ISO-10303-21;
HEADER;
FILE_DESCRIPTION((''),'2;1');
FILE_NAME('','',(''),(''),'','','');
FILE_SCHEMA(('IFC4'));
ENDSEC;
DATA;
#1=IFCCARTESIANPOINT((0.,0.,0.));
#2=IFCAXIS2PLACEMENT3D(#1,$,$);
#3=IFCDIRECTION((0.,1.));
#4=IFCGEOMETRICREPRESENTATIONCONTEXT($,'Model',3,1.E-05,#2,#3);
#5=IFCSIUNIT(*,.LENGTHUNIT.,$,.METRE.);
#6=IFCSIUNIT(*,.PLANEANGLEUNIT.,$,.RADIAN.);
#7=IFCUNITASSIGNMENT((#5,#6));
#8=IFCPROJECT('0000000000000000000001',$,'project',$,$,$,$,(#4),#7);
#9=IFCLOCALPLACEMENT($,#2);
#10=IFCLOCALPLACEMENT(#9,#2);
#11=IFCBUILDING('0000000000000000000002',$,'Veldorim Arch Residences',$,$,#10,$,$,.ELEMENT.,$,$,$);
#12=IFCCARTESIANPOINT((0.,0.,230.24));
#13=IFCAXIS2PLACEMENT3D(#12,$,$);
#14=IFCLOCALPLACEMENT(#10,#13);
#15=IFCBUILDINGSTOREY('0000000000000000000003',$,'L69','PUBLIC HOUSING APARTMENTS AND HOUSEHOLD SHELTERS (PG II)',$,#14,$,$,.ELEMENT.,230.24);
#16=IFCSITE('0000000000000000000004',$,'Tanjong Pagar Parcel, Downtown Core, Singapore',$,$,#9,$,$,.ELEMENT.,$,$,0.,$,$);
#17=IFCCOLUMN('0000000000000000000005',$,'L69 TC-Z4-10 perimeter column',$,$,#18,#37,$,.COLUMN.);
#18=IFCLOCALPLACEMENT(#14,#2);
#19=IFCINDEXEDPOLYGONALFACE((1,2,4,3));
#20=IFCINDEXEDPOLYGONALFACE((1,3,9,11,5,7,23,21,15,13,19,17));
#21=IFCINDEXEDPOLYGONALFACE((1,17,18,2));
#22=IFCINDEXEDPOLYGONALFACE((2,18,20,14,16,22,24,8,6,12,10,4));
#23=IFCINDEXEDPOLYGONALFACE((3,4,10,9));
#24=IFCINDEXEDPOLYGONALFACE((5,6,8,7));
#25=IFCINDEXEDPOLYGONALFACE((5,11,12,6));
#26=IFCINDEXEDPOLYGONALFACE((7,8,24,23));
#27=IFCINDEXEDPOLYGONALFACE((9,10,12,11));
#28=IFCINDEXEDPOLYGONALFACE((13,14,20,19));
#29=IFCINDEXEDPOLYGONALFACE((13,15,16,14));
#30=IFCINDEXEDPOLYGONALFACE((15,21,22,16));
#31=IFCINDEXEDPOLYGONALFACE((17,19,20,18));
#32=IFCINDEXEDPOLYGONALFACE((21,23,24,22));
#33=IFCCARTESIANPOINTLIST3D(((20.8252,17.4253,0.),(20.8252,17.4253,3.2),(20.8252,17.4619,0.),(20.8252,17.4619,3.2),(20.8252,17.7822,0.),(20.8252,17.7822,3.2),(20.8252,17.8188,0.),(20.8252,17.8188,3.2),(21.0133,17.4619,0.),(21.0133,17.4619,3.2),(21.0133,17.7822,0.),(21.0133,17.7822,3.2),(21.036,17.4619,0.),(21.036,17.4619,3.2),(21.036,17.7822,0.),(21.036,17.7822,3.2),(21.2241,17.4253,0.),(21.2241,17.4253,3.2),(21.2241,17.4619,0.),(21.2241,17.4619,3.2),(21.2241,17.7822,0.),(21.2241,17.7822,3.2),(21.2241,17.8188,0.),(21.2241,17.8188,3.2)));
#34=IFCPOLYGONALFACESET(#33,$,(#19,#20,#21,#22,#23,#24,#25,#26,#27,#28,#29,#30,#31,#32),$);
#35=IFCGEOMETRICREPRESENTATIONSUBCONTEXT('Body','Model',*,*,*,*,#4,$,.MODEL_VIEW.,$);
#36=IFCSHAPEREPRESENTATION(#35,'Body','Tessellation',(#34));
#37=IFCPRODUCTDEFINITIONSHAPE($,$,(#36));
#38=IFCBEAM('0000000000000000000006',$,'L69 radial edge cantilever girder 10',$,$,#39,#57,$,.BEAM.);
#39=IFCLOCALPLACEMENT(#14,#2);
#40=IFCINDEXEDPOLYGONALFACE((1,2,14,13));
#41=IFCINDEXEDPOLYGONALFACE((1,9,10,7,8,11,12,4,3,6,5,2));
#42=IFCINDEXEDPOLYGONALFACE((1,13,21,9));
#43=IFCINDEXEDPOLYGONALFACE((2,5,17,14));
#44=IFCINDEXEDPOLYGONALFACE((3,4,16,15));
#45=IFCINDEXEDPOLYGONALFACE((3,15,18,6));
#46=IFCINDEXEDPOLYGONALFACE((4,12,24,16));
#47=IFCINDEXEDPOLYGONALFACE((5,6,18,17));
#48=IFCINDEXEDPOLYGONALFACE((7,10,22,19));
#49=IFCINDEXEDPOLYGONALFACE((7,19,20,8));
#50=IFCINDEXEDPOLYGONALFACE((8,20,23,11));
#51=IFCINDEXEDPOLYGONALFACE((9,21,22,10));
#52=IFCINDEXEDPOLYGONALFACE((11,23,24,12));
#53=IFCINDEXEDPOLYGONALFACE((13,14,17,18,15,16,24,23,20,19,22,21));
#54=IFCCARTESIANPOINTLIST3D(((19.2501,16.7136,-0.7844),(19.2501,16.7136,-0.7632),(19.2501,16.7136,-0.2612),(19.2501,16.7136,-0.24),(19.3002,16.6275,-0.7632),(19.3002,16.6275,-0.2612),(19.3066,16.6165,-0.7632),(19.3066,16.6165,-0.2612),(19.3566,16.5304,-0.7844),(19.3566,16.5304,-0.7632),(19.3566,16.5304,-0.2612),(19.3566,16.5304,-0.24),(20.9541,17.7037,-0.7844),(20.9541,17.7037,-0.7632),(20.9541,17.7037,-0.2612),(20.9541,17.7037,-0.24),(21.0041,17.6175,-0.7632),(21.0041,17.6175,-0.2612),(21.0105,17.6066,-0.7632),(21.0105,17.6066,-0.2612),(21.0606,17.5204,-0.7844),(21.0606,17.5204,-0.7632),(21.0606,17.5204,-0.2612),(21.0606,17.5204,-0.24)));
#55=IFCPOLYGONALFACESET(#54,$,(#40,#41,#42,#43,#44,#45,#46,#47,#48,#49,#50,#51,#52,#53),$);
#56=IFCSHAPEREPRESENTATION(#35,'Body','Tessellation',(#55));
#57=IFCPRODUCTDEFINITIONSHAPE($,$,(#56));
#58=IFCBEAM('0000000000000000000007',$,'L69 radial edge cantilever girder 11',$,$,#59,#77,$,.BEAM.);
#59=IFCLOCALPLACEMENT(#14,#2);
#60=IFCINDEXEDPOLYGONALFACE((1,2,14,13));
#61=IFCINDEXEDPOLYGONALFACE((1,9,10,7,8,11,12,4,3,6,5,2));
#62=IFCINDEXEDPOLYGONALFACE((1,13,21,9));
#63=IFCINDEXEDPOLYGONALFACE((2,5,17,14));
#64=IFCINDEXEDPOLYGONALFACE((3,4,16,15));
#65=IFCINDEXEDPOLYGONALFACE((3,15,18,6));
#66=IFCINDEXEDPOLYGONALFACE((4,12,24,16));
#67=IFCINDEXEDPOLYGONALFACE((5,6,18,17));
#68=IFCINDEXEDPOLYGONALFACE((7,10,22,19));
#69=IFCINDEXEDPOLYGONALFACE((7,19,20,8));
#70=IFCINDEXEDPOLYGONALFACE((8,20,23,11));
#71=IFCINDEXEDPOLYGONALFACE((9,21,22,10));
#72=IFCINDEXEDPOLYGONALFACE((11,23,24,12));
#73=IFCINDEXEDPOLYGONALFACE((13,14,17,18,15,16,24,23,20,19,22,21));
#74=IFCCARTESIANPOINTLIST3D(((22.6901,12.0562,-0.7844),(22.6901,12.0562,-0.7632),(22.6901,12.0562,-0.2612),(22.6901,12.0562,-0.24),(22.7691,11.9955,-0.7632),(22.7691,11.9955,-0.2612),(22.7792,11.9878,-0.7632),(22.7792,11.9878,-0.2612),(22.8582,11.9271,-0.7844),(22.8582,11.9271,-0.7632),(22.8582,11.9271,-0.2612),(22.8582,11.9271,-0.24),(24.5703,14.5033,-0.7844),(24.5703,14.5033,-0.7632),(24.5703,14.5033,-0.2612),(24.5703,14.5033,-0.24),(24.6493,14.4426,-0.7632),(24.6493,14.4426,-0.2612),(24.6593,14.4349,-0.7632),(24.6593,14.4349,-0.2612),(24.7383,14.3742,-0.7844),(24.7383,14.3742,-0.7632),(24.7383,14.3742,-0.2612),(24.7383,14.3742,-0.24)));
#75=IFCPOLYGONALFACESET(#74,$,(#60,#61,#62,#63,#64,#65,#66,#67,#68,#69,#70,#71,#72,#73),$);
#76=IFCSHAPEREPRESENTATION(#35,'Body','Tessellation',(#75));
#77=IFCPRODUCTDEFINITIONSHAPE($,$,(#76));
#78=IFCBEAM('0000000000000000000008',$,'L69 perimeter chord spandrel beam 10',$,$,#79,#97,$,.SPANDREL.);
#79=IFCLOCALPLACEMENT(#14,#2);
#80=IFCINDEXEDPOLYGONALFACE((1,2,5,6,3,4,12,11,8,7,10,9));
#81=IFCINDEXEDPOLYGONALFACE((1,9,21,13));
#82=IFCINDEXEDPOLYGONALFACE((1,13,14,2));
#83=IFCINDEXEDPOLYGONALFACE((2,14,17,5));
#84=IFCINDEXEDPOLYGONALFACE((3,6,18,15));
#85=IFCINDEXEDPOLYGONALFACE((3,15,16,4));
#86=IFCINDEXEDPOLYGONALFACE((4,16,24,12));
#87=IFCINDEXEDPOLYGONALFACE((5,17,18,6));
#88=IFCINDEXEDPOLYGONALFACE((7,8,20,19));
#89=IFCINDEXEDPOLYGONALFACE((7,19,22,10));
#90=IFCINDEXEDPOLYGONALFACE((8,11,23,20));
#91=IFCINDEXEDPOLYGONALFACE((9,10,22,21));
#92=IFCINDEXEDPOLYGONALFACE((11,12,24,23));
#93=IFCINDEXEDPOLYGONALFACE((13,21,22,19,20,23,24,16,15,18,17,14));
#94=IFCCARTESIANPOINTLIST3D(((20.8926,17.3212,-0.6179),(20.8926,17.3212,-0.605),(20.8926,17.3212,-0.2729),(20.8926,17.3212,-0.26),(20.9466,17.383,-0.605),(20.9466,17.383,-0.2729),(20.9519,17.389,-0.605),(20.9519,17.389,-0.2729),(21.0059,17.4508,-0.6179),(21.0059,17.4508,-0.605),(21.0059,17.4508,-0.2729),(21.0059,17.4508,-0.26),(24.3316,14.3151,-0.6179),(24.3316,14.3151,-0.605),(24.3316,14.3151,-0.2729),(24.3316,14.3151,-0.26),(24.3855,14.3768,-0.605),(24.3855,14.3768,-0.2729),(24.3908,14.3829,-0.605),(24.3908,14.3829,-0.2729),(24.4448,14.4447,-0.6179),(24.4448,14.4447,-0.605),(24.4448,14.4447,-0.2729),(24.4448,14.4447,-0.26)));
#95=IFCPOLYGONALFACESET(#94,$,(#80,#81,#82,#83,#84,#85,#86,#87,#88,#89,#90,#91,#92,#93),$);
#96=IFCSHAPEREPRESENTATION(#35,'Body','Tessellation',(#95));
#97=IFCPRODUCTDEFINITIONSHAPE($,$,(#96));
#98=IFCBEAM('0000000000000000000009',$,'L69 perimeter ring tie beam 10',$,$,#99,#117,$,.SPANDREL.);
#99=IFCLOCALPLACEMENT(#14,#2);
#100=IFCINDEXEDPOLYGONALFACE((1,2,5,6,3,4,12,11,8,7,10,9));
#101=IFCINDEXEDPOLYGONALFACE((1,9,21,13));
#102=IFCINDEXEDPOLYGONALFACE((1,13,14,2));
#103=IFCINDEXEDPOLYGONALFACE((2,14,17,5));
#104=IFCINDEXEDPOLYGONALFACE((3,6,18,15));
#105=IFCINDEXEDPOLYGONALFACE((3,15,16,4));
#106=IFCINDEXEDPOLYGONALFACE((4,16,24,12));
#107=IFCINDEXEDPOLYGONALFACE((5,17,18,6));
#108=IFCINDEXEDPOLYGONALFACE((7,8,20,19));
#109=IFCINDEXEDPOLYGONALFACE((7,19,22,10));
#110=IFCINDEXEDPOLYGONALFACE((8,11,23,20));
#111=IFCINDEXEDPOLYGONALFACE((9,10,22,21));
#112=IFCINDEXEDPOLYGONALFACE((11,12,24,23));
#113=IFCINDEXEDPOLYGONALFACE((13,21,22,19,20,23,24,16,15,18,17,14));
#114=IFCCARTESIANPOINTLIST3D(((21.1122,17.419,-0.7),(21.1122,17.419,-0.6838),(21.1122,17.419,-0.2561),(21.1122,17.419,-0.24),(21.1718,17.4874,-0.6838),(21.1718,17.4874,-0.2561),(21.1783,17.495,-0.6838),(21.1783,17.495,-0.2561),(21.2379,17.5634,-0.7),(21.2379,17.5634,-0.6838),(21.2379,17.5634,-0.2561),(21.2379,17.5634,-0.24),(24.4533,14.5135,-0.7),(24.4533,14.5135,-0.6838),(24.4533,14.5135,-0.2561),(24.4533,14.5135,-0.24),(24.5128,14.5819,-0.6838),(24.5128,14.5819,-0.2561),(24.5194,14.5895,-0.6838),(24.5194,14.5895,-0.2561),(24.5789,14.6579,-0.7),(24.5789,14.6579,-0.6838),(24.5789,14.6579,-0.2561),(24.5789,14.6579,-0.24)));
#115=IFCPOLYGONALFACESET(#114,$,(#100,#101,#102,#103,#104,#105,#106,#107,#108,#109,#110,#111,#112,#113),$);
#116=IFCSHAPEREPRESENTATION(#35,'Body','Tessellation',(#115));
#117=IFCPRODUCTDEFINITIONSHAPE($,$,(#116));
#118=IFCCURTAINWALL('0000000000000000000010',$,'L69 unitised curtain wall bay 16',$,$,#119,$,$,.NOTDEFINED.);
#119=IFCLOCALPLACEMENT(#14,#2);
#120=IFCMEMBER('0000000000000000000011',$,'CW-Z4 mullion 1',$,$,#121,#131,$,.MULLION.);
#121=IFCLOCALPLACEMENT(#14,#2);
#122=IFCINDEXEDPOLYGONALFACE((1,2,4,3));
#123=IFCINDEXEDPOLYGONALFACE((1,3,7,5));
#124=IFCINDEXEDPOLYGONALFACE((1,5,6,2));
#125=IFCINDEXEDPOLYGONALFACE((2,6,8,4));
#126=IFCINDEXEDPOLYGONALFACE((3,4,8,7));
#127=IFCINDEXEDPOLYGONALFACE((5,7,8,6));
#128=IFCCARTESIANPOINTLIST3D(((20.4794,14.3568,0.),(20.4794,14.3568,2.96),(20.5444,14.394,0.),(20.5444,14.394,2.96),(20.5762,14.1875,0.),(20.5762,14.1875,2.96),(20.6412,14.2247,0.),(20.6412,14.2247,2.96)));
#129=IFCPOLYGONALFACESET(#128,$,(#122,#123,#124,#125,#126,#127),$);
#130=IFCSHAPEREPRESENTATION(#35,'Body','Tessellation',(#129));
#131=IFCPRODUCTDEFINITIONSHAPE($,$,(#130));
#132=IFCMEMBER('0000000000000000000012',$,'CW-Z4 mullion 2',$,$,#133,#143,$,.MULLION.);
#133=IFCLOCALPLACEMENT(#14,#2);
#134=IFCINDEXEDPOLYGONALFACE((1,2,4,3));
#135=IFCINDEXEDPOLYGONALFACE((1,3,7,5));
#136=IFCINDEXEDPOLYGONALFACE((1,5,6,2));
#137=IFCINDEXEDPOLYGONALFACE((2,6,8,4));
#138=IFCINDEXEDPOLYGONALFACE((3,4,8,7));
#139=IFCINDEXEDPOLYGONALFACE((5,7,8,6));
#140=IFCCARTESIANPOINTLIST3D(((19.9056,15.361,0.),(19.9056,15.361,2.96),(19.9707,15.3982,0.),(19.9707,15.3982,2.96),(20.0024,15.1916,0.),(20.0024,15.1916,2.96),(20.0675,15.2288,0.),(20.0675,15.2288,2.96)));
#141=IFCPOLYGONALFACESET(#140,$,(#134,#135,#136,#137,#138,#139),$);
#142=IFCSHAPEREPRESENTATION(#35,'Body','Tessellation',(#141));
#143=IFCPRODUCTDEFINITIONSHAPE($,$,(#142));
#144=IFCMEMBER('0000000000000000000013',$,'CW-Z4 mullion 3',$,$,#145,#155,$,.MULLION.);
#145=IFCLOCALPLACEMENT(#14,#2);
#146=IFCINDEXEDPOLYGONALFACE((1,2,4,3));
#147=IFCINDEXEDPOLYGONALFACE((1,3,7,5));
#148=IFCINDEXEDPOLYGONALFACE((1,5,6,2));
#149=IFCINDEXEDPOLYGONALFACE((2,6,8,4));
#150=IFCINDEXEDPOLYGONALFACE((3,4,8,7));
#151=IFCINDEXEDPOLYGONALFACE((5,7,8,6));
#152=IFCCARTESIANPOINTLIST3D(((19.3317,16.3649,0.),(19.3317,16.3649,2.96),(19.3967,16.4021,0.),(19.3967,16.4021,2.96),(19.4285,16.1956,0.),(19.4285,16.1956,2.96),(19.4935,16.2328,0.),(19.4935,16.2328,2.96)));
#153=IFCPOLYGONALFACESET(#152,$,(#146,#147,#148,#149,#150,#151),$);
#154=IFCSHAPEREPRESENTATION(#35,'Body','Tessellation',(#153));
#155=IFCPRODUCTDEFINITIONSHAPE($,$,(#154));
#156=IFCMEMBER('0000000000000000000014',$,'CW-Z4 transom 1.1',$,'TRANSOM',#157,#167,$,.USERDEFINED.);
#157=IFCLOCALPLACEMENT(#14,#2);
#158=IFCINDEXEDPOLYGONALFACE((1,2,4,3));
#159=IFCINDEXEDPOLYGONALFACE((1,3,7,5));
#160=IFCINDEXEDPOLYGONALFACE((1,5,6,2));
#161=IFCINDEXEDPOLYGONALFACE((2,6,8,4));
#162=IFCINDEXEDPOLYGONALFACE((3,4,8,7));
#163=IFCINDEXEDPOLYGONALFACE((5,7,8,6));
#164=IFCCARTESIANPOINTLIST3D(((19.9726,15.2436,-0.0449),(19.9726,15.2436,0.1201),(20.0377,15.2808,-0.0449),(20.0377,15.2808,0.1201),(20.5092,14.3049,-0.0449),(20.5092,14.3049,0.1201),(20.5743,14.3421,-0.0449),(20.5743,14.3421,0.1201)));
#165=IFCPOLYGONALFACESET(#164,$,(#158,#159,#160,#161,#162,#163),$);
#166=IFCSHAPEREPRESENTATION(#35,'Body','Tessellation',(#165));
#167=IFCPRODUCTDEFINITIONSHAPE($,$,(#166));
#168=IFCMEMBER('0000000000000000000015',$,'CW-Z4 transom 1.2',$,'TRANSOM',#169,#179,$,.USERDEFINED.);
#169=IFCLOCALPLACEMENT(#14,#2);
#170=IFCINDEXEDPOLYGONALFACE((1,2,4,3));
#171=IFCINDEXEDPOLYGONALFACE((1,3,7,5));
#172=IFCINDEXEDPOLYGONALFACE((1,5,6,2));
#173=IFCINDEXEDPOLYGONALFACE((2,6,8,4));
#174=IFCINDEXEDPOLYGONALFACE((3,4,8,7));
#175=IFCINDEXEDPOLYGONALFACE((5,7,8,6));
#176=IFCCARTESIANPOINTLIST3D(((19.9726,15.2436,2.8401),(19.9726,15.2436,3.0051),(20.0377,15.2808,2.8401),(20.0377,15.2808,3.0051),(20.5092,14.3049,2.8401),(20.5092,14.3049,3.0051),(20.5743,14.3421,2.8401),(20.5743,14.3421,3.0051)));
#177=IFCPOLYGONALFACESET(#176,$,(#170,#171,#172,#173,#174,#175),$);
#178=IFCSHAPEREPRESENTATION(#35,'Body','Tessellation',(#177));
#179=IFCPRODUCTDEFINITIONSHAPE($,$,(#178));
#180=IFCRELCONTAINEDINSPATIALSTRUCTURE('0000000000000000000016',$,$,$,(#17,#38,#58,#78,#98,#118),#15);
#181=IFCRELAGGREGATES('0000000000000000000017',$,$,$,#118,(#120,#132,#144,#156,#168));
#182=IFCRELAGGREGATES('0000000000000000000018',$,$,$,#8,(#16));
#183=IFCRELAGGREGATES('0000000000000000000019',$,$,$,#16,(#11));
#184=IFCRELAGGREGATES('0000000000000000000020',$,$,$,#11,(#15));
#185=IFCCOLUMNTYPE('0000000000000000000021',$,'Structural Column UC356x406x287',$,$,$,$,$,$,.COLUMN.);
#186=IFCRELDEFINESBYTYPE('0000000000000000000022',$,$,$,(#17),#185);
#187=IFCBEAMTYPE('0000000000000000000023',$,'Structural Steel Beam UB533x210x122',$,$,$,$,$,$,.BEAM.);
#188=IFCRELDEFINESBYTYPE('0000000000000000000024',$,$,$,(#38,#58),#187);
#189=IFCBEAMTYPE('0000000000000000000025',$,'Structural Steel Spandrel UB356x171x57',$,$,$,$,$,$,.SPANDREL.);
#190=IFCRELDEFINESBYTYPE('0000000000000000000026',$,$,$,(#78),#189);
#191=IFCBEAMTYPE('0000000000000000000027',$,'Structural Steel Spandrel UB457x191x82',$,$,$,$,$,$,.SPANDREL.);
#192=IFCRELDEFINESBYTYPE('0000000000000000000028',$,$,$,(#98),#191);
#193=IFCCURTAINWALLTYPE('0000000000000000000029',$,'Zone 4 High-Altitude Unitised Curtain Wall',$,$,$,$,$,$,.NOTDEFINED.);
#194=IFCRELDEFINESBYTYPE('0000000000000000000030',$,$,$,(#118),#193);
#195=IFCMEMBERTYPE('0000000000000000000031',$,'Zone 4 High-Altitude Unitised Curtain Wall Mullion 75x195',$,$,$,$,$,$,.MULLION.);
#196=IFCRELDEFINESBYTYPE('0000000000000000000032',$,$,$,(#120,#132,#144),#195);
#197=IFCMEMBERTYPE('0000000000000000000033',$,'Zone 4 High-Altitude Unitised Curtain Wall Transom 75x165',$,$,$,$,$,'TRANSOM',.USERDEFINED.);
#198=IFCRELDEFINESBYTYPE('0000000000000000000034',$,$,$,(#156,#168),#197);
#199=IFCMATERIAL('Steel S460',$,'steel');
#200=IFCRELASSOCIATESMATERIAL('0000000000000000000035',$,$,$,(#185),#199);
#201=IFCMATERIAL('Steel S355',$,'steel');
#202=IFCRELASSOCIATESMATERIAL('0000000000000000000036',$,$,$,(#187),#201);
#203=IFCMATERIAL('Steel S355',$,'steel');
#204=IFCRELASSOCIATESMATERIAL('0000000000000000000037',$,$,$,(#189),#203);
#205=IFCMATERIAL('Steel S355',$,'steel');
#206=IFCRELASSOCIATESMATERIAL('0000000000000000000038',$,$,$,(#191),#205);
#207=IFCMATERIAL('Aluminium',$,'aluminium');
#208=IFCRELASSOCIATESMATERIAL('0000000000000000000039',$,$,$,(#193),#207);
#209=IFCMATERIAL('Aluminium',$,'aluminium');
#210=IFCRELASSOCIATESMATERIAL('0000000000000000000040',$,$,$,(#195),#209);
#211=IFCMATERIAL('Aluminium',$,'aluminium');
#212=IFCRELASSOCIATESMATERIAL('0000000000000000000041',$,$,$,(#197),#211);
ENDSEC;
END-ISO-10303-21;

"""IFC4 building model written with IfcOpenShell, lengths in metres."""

from ifc_helpers import new_model, si_unit, direction, frame, origin, origin_2d, place, context, subcontext, project, spatial, rectangle, i_section, extrude, material, material_profile, profile_set, type_object, element, aggregate, save


model = new_model("IFC4")

# Units and contexts
model_context = context("Model", 3, precision=1e-05, world=origin(), true_north=direction((0.0, 1.0)))
body_context = subcontext(model_context, "Body", "Model", "MODEL_VIEW")
ifc_project = project(units=[si_unit("LENGTHUNIT", "METRE"), si_unit("PLANEANGLEUNIT", "RADIAN")], contexts=[model_context])

# Site, building, storey
site_placement = place(None, origin())
site = spatial("IfcSite", under=ifc_project, at=site_placement, Name="Tanjong Pagar Parcel, Downtown Core, Singapore", CompositionType="ELEMENT", RefElevation=0.0)
building_placement = place(site_placement, origin())
building = spatial("IfcBuilding", under=site, at=building_placement, Name="Veldorim Arch Residences", CompositionType="ELEMENT")
storey_placement = place(building_placement, frame((0.0, 0.0, 230.24)))
storey = spatial("IfcBuildingStorey", under=building, at=storey_placement, Name="L69", Description="PUBLIC HOUSING APARTMENTS AND HOUSEHOLD SHELTERS (PG II)", CompositionType="ELEMENT", Elevation=230.24)

# Column
ifc_material_1 = material(Name="Steel S460", Category="steel")
ifc_material_profile_1 = material_profile(ifc_material_1, i_section(OverallWidth=0.3989, OverallDepth=0.3936, WebThickness=0.0227, FlangeThickness=0.0366, at=origin_2d()), Name="UC356x406x287")
ifc_profile_set_1 = profile_set([ifc_material_profile_1], Name="Steel S460")
column_type = type_object("IfcColumnType", Name="Structural Column UC356x406x287", PredefinedType="COLUMN", material=ifc_profile_set_1)
column_placement = place(storey_placement, frame((21.0247, 17.6221, 0.0), z_axis=(0.0, 0.0, 1.0), x_axis=(1.0, 0.0, 0.0)))
element("IfcColumn", 1, at=column_placement, inside=storey, type_object=column_type, Name="L69 TC-Z4-10 perimeter column", PredefinedType="COLUMN", context=body_context, shape_type="SweptSolid", body=[
    extrude(i_section(OverallWidth=0.3989, OverallDepth=0.3936, WebThickness=0.0227, FlangeThickness=0.0366, at=origin_2d()), origin(), (0.0, 0.0, 1.0), 3.2),
])

# Beams
ifc_material_2 = material(Name="Steel S355", Category="steel")
ifc_material_profile_2 = material_profile(ifc_material_2, i_section(OverallWidth=0.2119, OverallDepth=0.5444, WebThickness=0.0127, FlangeThickness=0.0212, at=origin_2d()), Name="UB533x210x122")
ifc_profile_set_2 = profile_set([ifc_material_profile_2], Name="Steel S355")
beam_type_1 = type_object("IfcBeamType", Name="Structural Steel Beam UB533x210x122", PredefinedType="BEAM", material=ifc_profile_set_2)
beam_1_placement = place(storey_placement, frame((21.0073, 17.6121, -0.5122), z_axis=(-0.864645, -0.502384, 0.0), x_axis=(0.502384, -0.864645, 0.0)))
element("IfcBeam", 2, at=beam_1_placement, inside=storey, type_object=beam_type_1, Name="L69 radial edge cantilever girder 10", PredefinedType="BEAM", context=body_context, shape_type="SweptSolid", body=[
    extrude(i_section(OverallWidth=0.2119, OverallDepth=0.5444, WebThickness=0.0127, FlangeThickness=0.0212, at=origin_2d()), origin(), (0.0, 0.0, 1.0), 1.9707),
])
beam_2_placement = place(storey_placement, frame((24.6543, 14.4387, -0.5122), z_axis=(-0.609263, -0.792968, 0.0), x_axis=(0.792968, -0.609263, 0.0)))
element("IfcBeam", 3, at=beam_2_placement, inside=storey, type_object=beam_type_1, Name="L69 radial edge cantilever girder 11", PredefinedType="BEAM", context=body_context, shape_type="SweptSolid", body=[
    extrude(i_section(OverallWidth=0.2119, OverallDepth=0.5444, WebThickness=0.0127, FlangeThickness=0.0212, at=origin_2d()), origin(), (0.0, 0.0, 1.0), 3.0859),
])
ifc_material_3 = material(Name="Steel S355", Category="steel")
ifc_material_profile_3 = material_profile(ifc_material_3, i_section(OverallWidth=0.1721, OverallDepth=0.3579, WebThickness=0.0081, FlangeThickness=0.0129, at=origin_2d()), Name="UB356x171x57")
ifc_profile_set_3 = profile_set([ifc_material_profile_3], Name="Steel S355")
beam_type_2 = type_object("IfcBeamType", Name="Structural Steel Spandrel UB356x171x57", PredefinedType="SPANDREL", material=ifc_profile_set_3)
beam_3_placement = place(storey_placement, frame((20.9492, 17.386, -0.439), z_axis=(0.752901, -0.658134, 0.0), x_axis=(0.658134, 0.752901, 0.0)))
element("IfcBeam", 4, at=beam_3_placement, inside=storey, type_object=beam_type_2, Name="L69 perimeter chord spandrel beam 10", PredefinedType="SPANDREL", context=body_context, shape_type="SweptSolid", body=[
    extrude(i_section(OverallWidth=0.1721, OverallDepth=0.3579, WebThickness=0.0081, FlangeThickness=0.0129, at=origin_2d()), origin(), (0.0, 0.0, 1.0), 4.5676),
])
ifc_material_4 = material(Name="Steel S355", Category="steel")
ifc_material_profile_4 = material_profile(ifc_material_4, i_section(OverallWidth=0.1914, OverallDepth=0.46, WebThickness=0.01, FlangeThickness=0.0161, at=origin_2d()), Name="UB457x191x82")
ifc_profile_set_4 = profile_set([ifc_material_profile_4], Name="Steel S355")
beam_type_3 = type_object("IfcBeamType", Name="Structural Steel Spandrel UB457x191x82", PredefinedType="SPANDREL", material=ifc_profile_set_4)
beam_4_placement = place(storey_placement, frame((21.175, 17.4912, -0.47), z_axis=(0.754578, -0.65621, 0.0), x_axis=(0.65621, 0.754578, 0.0)))
element("IfcBeam", 5, at=beam_4_placement, inside=storey, type_object=beam_type_3, Name="L69 perimeter ring tie beam 10", PredefinedType="SPANDREL", context=body_context, shape_type="SweptSolid", body=[
    extrude(i_section(OverallWidth=0.1914, OverallDepth=0.46, WebThickness=0.01, FlangeThickness=0.0161, at=origin_2d()), origin(), (0.0, 0.0, 1.0), 4.4277),
])

# Curtain wall, members
ifc_material_5 = material(Name="Aluminium", Category="aluminium")
curtain_wall_type = type_object("IfcCurtainWallType", Name="Zone 4 High-Altitude Unitised Curtain Wall", PredefinedType="NOTDEFINED", material=ifc_material_5)
curtain_wall_placement = place(storey_placement, origin())
curtain_wall = element("IfcCurtainWall", 6, at=curtain_wall_placement, inside=storey, type_object=curtain_wall_type, Name="L69 unitised curtain wall bay 16", PredefinedType="NOTDEFINED")
ifc_material_6 = material(Name="Aluminium", Category="aluminium")
ifc_material_profile_5 = material_profile(ifc_material_6, rectangle(XDim=0.075, YDim=0.1951, at=origin_2d()), Name="ALU_MUL_75x195")
ifc_profile_set_5 = profile_set([ifc_material_profile_5], Name="Aluminium")
member_type_1 = type_object("IfcMemberType", Name="Zone 4 High-Altitude Unitised Curtain Wall Mullion 75x195", PredefinedType="MULLION", material=ifc_profile_set_5)
member_1_placement = place(storey_placement, frame((20.5603, 14.2908, 0.0), z_axis=(0.0, 0.0, 1.0), x_axis=(-0.868166, -0.496274, 0.0)))
member_1 = element("IfcMember", 7, at=member_1_placement, type_object=member_type_1, Name="CW-Z4 mullion 1", PredefinedType="MULLION", context=body_context, shape_type="SweptSolid", body=[
    extrude(rectangle(XDim=0.075, YDim=0.1951, at=origin_2d()), origin(), (0.0, 0.0, 1.0), 2.96),
])
member_2_placement = place(storey_placement, frame((19.9866, 15.2949, 0.0), z_axis=(0.0, 0.0, 1.0), x_axis=(-0.868166, -0.496274, 0.0)))
member_2 = element("IfcMember", 8, at=member_2_placement, type_object=member_type_1, Name="CW-Z4 mullion 2", PredefinedType="MULLION", context=body_context, shape_type="SweptSolid", body=[
    extrude(rectangle(XDim=0.075, YDim=0.1951, at=origin_2d()), origin(), (0.0, 0.0, 1.0), 2.96),
])
member_3_placement = place(storey_placement, frame((19.4126, 16.2988, 0.0), z_axis=(0.0, 0.0, 1.0), x_axis=(-0.868166, -0.496274, 0.0)))
member_3 = element("IfcMember", 9, at=member_3_placement, type_object=member_type_1, Name="CW-Z4 mullion 3", PredefinedType="MULLION", context=body_context, shape_type="SweptSolid", body=[
    extrude(rectangle(XDim=0.075, YDim=0.1951, at=origin_2d()), origin(), (0.0, 0.0, 1.0), 2.96),
])
ifc_material_7 = material(Name="Aluminium", Category="aluminium")
ifc_material_profile_6 = material_profile(ifc_material_7, rectangle(XDim=0.075, YDim=0.165, at=origin_2d()), Name="ALU_TRN_75x165")
ifc_profile_set_6 = profile_set([ifc_material_profile_6], Name="Aluminium")
member_type_2 = type_object("IfcMemberType", Name="Zone 4 High-Altitude Unitised Curtain Wall Transom 75x165", ElementType="TRANSOM", PredefinedType="USERDEFINED", material=ifc_profile_set_6)
member_4_placement = place(storey_placement, frame((20.5417, 14.3235, 0.0376), z_axis=(-0.496285, 0.86816, 0.0), x_axis=(-0.86816, -0.496285, 0.0)))
member_4 = element("IfcMember", 10, at=member_4_placement, type_object=member_type_2, Name="CW-Z4 transom 1.1", ObjectType="TRANSOM", PredefinedType="USERDEFINED", context=body_context, shape_type="SweptSolid", body=[
    extrude(rectangle(XDim=0.075, YDim=0.165, at=origin_2d()), origin(), (0.0, 0.0, 1.0), 1.0813),
])
member_5_placement = place(storey_placement, frame((20.5417, 14.3235, 2.9226), z_axis=(-0.496285, 0.86816, 0.0), x_axis=(-0.86816, -0.496285, 0.0)))
member_5 = element("IfcMember", 11, at=member_5_placement, type_object=member_type_2, Name="CW-Z4 transom 1.2", ObjectType="TRANSOM", PredefinedType="USERDEFINED", context=body_context, shape_type="SweptSolid", body=[
    extrude(rectangle(XDim=0.075, YDim=0.165, at=origin_2d()), origin(), (0.0, 0.0, 1.0), 1.0813),
])

aggregate(curtain_wall, [member_1, member_2, member_3, member_4, member_5])

save(model, "model.ifc")
